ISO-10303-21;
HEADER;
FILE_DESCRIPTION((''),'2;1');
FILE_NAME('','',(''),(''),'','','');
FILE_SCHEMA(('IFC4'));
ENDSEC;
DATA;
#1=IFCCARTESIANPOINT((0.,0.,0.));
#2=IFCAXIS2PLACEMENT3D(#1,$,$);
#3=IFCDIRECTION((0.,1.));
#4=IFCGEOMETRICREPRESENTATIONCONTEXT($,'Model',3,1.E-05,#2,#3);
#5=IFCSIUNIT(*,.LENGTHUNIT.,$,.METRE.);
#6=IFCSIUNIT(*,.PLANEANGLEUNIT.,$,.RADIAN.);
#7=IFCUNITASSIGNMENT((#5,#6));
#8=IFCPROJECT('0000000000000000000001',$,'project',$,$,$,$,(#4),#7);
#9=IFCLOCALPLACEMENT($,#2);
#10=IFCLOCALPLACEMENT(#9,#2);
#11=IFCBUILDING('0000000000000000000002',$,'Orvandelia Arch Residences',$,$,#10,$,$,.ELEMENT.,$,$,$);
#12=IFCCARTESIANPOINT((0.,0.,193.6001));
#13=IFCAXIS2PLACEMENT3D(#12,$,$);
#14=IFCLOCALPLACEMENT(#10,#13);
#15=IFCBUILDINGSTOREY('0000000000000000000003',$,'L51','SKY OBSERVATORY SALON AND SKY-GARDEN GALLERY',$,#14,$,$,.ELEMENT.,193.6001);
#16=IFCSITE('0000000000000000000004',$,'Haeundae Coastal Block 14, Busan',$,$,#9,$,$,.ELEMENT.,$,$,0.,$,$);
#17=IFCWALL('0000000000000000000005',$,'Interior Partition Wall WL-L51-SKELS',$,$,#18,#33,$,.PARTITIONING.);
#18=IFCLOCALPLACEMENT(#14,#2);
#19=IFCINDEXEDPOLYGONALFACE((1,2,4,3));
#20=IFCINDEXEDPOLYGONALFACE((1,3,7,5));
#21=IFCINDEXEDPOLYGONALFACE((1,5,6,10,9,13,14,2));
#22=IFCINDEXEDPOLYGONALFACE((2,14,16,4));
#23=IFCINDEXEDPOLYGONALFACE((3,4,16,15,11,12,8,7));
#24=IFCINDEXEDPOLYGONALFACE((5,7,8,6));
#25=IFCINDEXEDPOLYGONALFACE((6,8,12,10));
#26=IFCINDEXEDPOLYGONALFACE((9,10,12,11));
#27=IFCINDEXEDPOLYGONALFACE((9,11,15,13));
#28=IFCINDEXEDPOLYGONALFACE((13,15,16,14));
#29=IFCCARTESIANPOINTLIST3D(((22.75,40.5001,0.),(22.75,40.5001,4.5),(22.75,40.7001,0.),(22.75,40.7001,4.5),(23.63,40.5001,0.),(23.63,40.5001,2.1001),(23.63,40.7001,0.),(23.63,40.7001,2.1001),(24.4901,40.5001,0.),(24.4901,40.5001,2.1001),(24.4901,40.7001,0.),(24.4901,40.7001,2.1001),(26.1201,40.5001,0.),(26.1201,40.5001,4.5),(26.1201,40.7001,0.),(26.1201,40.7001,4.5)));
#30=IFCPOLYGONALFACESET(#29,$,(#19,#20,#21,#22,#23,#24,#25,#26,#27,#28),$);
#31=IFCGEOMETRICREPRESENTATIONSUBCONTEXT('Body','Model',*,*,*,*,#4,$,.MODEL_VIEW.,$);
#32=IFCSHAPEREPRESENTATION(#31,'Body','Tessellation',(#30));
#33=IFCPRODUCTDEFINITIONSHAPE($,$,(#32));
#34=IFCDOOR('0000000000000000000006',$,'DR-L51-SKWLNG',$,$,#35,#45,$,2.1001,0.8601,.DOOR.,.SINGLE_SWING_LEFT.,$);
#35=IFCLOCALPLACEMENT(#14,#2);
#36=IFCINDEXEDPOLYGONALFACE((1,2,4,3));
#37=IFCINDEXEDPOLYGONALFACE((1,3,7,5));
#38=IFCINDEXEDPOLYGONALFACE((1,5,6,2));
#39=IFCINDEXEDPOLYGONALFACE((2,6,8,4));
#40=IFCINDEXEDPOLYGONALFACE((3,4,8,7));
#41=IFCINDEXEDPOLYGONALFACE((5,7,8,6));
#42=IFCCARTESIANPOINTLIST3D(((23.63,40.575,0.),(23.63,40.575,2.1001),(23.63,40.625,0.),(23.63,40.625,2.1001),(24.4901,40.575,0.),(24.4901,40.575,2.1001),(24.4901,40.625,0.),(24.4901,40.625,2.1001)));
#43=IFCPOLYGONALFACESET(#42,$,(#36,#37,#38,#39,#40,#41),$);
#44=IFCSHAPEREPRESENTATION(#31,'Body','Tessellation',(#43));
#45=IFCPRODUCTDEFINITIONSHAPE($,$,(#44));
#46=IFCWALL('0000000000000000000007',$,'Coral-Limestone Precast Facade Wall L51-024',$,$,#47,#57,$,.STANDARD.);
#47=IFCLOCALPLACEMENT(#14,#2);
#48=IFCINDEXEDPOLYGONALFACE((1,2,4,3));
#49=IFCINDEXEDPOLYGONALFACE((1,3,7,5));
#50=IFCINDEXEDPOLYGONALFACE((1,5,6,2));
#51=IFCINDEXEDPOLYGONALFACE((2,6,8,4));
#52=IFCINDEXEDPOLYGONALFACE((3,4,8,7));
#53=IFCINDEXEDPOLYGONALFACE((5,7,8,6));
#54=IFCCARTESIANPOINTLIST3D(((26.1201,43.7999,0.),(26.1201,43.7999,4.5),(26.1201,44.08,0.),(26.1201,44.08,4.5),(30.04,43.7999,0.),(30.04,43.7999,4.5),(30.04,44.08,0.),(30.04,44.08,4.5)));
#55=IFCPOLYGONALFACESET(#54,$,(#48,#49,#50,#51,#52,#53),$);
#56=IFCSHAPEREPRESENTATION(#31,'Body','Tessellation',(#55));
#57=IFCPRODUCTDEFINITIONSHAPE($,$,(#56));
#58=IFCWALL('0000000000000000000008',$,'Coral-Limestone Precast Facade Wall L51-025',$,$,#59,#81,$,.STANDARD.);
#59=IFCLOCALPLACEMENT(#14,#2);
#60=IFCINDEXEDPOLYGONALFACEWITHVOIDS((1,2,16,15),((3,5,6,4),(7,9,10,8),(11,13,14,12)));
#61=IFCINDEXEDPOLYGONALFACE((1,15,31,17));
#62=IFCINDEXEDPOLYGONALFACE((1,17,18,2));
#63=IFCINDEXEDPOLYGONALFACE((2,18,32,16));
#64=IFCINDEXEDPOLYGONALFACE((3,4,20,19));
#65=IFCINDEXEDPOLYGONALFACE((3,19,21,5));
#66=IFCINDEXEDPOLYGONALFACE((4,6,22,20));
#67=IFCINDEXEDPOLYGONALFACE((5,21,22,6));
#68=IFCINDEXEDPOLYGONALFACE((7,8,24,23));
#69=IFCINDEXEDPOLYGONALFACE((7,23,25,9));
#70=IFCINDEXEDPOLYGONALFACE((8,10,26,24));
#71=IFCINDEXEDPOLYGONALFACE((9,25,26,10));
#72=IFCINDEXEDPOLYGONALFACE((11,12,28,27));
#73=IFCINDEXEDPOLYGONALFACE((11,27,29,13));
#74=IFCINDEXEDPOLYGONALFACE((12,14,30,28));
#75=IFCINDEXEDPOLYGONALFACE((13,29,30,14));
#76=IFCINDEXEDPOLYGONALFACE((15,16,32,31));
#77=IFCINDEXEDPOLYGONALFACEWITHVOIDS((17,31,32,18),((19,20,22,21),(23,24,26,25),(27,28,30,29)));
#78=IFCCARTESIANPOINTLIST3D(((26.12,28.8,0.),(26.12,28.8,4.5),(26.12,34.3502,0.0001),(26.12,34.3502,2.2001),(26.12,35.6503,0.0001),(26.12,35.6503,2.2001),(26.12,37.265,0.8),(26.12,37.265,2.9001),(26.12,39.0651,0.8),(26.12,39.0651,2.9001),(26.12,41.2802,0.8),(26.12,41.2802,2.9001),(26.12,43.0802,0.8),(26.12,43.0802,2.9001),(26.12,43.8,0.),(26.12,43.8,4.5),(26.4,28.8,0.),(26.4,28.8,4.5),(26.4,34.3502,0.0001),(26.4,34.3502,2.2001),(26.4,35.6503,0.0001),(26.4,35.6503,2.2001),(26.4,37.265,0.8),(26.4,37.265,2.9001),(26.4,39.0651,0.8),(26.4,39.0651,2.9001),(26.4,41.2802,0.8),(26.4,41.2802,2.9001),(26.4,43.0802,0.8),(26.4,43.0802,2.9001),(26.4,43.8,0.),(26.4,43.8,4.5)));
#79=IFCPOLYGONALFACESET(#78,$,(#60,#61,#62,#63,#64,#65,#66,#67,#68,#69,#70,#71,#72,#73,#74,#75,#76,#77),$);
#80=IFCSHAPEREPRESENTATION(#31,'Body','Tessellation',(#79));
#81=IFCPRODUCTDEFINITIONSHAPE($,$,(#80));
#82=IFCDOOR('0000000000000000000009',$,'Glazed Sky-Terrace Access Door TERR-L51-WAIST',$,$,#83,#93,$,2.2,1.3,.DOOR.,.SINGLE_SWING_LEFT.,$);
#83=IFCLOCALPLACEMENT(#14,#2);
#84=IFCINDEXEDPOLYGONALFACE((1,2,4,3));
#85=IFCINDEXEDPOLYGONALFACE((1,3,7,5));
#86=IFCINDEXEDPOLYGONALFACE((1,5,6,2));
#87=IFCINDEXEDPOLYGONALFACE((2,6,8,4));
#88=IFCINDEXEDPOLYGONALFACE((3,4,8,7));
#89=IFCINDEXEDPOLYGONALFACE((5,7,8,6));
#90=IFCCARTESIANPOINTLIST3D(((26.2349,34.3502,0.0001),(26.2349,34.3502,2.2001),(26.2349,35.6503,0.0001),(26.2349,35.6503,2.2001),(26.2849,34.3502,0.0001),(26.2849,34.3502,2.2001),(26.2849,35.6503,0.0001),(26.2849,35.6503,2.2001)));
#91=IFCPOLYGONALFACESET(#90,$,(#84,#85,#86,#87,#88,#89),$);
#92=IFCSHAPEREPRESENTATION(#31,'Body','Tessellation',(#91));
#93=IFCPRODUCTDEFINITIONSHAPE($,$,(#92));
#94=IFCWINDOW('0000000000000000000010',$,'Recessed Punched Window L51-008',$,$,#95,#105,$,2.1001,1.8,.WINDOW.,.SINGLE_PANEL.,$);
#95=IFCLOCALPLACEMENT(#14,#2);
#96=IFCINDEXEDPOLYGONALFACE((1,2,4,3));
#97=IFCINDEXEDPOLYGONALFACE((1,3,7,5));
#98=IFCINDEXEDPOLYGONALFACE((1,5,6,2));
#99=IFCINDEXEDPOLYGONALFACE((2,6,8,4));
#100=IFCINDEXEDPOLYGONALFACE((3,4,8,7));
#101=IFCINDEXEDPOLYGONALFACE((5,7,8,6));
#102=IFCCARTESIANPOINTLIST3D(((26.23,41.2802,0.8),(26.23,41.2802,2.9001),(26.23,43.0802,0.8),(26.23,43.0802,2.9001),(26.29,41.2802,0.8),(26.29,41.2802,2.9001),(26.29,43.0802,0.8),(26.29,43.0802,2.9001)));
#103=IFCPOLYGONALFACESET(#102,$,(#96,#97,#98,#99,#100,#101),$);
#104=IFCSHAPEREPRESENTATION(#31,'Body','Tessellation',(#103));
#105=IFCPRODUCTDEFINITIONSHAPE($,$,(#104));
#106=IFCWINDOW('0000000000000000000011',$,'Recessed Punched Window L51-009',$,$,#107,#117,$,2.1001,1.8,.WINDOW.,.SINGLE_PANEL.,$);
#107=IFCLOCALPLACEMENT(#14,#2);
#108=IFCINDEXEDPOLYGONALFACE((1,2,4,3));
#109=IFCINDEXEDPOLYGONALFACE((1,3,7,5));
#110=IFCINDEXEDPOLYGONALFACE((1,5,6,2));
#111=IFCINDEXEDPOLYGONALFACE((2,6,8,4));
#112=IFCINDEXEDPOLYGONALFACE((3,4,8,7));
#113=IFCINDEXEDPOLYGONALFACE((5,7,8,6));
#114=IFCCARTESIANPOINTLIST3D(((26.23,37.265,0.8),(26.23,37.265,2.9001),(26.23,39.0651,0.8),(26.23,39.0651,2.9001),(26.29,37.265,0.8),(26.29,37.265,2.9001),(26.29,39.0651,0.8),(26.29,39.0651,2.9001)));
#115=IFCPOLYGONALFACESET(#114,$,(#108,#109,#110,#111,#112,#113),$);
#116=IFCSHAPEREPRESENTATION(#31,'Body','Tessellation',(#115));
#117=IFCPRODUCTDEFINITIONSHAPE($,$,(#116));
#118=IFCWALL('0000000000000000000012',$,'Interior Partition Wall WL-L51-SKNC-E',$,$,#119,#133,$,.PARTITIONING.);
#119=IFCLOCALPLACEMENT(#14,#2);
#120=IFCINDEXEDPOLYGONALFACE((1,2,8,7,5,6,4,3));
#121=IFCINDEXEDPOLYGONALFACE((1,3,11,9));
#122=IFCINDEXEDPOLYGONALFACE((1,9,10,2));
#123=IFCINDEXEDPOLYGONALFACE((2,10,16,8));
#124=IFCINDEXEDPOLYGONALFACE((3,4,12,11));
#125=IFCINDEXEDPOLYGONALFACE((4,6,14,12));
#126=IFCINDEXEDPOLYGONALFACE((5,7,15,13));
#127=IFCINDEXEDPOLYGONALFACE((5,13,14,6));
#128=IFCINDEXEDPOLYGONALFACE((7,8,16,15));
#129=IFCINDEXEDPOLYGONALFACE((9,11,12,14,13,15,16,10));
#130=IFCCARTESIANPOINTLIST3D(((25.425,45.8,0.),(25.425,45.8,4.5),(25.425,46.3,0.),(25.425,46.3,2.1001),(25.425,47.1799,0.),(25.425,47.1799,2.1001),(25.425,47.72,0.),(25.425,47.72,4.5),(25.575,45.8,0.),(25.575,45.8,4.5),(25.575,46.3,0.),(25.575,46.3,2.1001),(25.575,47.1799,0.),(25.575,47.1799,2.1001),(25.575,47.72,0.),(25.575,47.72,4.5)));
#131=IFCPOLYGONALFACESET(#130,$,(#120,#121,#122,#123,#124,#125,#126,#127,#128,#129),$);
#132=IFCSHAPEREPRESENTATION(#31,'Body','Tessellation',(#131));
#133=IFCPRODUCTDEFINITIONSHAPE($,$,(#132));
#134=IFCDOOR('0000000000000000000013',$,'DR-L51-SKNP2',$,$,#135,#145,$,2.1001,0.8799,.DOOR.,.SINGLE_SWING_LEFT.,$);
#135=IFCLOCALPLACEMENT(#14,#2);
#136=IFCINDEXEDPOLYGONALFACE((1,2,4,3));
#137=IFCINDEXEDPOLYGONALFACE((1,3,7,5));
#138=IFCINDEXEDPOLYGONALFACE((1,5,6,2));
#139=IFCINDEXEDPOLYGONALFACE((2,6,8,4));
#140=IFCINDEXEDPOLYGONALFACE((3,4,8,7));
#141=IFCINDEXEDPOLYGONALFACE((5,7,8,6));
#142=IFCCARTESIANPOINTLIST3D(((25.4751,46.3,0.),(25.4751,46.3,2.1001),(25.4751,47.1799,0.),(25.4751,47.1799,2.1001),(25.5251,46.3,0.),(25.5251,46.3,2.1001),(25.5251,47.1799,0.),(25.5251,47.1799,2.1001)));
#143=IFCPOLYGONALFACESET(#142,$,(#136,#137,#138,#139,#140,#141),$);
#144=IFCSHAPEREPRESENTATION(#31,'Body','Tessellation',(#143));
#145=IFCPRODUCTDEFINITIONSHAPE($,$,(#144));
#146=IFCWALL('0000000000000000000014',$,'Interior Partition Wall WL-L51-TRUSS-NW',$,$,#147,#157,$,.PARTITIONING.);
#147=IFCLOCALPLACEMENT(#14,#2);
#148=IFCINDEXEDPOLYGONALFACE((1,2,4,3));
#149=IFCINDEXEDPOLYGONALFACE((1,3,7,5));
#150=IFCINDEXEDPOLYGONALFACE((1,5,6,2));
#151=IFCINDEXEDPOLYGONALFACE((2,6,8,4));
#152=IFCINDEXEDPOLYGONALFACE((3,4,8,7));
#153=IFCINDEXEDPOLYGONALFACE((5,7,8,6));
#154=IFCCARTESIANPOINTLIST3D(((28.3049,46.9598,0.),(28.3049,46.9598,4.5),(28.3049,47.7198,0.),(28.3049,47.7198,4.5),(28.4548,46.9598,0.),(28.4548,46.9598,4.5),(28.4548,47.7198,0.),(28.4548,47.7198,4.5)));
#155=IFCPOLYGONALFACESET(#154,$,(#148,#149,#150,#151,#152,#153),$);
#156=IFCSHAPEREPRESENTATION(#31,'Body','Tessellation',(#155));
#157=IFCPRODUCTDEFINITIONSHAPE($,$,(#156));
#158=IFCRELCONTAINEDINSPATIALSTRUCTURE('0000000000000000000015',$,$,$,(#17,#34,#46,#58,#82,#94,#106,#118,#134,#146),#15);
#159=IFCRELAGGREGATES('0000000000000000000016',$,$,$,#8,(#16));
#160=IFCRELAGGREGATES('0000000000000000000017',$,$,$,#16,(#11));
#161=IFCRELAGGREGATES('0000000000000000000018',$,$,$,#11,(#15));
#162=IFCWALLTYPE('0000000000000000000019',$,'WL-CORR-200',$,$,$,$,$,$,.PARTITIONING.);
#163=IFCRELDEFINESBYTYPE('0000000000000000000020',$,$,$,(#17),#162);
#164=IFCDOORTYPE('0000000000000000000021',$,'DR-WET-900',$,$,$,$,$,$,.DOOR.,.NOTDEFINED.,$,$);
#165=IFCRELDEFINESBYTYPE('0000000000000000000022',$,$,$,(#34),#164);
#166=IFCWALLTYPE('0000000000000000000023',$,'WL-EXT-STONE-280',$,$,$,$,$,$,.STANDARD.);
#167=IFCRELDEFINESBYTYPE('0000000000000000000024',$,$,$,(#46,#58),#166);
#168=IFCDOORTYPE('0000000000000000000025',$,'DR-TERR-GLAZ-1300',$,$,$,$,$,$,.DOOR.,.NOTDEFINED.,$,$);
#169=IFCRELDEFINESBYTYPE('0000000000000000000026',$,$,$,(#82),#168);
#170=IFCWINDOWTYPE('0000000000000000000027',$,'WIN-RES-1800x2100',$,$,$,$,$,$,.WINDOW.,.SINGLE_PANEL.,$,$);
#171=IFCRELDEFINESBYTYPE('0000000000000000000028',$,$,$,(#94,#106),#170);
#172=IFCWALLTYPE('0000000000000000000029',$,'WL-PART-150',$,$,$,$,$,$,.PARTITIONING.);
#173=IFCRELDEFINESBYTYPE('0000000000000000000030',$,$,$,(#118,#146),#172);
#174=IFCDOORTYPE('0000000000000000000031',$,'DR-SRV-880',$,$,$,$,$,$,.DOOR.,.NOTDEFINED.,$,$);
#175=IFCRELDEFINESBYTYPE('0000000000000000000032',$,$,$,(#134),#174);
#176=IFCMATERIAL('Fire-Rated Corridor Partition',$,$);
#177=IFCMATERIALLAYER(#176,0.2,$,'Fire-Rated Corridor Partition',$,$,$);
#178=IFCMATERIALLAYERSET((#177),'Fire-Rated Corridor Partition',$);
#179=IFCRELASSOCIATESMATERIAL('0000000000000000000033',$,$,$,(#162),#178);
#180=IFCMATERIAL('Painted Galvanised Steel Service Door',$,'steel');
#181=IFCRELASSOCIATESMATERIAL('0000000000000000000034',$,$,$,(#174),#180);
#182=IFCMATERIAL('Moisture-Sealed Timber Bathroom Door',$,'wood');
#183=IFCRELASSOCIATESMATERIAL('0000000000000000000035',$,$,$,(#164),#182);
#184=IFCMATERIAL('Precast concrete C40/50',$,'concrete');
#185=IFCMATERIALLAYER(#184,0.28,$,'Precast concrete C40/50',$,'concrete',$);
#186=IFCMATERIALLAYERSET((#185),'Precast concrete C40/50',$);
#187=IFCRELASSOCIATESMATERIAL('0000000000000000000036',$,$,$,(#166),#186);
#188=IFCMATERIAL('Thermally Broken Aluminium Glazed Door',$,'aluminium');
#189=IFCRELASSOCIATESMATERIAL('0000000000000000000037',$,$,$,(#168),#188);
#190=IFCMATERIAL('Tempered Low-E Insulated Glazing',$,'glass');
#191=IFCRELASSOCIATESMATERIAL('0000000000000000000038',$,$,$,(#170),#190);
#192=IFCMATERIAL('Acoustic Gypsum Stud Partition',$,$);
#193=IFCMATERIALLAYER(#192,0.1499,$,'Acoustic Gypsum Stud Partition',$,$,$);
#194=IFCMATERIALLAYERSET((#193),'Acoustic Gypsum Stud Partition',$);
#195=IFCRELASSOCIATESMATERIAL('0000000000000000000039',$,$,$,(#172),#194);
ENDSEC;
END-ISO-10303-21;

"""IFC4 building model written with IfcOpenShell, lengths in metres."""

from ifc_helpers import new_model, si_unit, direction, frame, frame_2d, origin, place, context, subcontext, project, spatial, rectangle, extrude, material, layer, layer_set, type_object, element, fill, save


model = new_model("IFC4")

# Units and contexts
model_context = context("Model", 3, precision=1e-05, world=origin(), true_north=direction((0.0, 1.0)))
body_context = subcontext(model_context, "Body", "Model", "MODEL_VIEW")
ifc_project = project(units=[si_unit("LENGTHUNIT", "METRE"), si_unit("PLANEANGLEUNIT", "RADIAN")], contexts=[model_context])

# Site, building, storey
site_placement = place(None, origin())
site = spatial("IfcSite", under=ifc_project, at=site_placement, Name="Haeundae Coastal Block 14, Busan", CompositionType="ELEMENT", RefElevation=0.0)
building_placement = place(site_placement, origin())
building = spatial("IfcBuilding", under=site, at=building_placement, Name="Orvandelia Arch Residences", CompositionType="ELEMENT")
storey_placement = place(building_placement, frame((0.0, 0.0, 193.6001)))
storey = spatial("IfcBuildingStorey", under=building, at=storey_placement, Name="L51", Description="SKY OBSERVATORY SALON AND SKY-GARDEN GALLERY", CompositionType="ELEMENT", Elevation=193.6001)

# Shared definitions
ifc_material_1 = material(Name="Fire-Rated Corridor Partition")
ifc_layer_1 = layer(ifc_material_1, 0.2, Name="Fire-Rated Corridor Partition")
ifc_layer_set_1 = layer_set([ifc_layer_1], Name="Fire-Rated Corridor Partition")
wall_type_1 = type_object("IfcWallType", Name="WL-CORR-200", PredefinedType="PARTITIONING", material=ifc_layer_set_1)

# Wall, opening, door
ifc_material_2 = material(Name="Painted Galvanised Steel Service Door", Category="steel")
door_type_1 = type_object("IfcDoorType", Name="DR-SRV-880", OperationType="NOTDEFINED", PredefinedType="DOOR", material=ifc_material_2)
wall_1_placement = place(storey_placement, frame((22.75, 40.6001, 0.0), z_axis=(0.0, 0.0, 1.0), x_axis=(1.0, 0.0, 0.0)))
wall_1 = element("IfcWall", 1, at=wall_1_placement, inside=storey, type_object=wall_type_1, Name="Interior Partition Wall WL-L51-SKELS", PredefinedType="PARTITIONING", context=body_context, shape_type="SweptSolid", body=[
    extrude(rectangle(XDim=3.3701, YDim=0.2, at=frame_2d((1.6851, 0.0))), origin(), (0.0, 0.0, 1.0), 4.5),
])
opening_1_placement = place(wall_1_placement, frame((0.8799, 0.0, 0.0)))
opening_1 = element("IfcOpeningElement", 2, at=opening_1_placement, cuts=wall_1, PredefinedType="OPENING", context=body_context, shape_type="SweptSolid", body=[
    extrude(rectangle(XDim=0.8601, YDim=2.1001, at=frame_2d((0.4302, 1.05))), frame((0.0, 0.1099, 0.0), z_axis=(0.0, -1.0, 0.0), x_axis=(1.0, 0.0, 0.0)), (0.0, 0.0, 1.0), 0.22),
])
ifc_material_3 = material(Name="Moisture-Sealed Timber Bathroom Door", Category="wood")
door_type_2 = type_object("IfcDoorType", Name="DR-WET-900", OperationType="NOTDEFINED", PredefinedType="DOOR", material=ifc_material_3)
door_1_placement = place(opening_1_placement, origin())
door_1 = element("IfcDoor", 3, at=door_1_placement, inside=storey, type_object=door_type_2, Name="DR-L51-SKWLNG", OperationType="SINGLE_SWING_LEFT", OverallHeight=2.1001, OverallWidth=0.8601, PredefinedType="DOOR", context=body_context, shape_type="SweptSolid", body=[
    extrude(rectangle(XDim=0.8601, YDim=2.1001, at=frame_2d((0.4302, 1.05))), frame((0.0, 0.0249, 0.0), z_axis=(0.0, -1.0, 0.0), x_axis=(1.0, 0.0, 0.0)), (0.0, 0.0, 1.0), 0.05),
])
fill(opening_1, door_1)

# Wall
ifc_material_4 = material(Name="Precast concrete C40/50", Category="concrete")
ifc_layer_2 = layer(ifc_material_4, 0.28, Name="Precast concrete C40/50", Category="concrete")
ifc_layer_set_2 = layer_set([ifc_layer_2], Name="Precast concrete C40/50")
wall_type_2 = type_object("IfcWallType", Name="WL-EXT-STONE-280", PredefinedType="STANDARD", material=ifc_layer_set_2)
wall_2_placement = place(storey_placement, frame((30.04, 43.9399, 0.0), z_axis=(0.0, 0.0, 1.0), x_axis=(-1.0, 0.0, 0.0)))
element("IfcWall", 4, at=wall_2_placement, inside=storey, type_object=wall_type_2, Name="Coral-Limestone Precast Facade Wall L51-024", PredefinedType="STANDARD", context=body_context, shape_type="SweptSolid", body=[
    extrude(rectangle(XDim=3.9199, YDim=0.28, at=frame_2d((1.96, 0.0))), origin(), (0.0, 0.0, 1.0), 4.5),
])

# Wall, openings, door, windows
wall_3_placement = place(storey_placement, frame((26.26, 43.8, 0.0), z_axis=(0.0, 0.0, 1.0), x_axis=(0.0, -1.0, 0.0)))
wall_3 = element("IfcWall", 5, at=wall_3_placement, inside=storey, type_object=wall_type_2, Name="Coral-Limestone Precast Facade Wall L51-025", PredefinedType="STANDARD", context=body_context, shape_type="SweptSolid", body=[
    extrude(rectangle(XDim=15.0, YDim=0.28, at=frame_2d((7.5, 0.0))), origin(), (0.0, 0.0, 1.0), 4.5),
])
opening_2_placement = place(wall_3_placement, frame((8.1499, 0.0, 0.0)))
opening_2 = element("IfcOpeningElement", 6, at=opening_2_placement, cuts=wall_3, PredefinedType="OPENING", context=body_context, shape_type="SweptSolid", body=[
    extrude(rectangle(XDim=1.3, YDim=2.2, at=frame_2d((0.6499, 1.1001))), frame((0.0, 0.1499, 0.0), z_axis=(0.0, -1.0, 0.0), x_axis=(1.0, 0.0, 0.0)), (0.0, 0.0, 1.0), 0.3),
])
opening_3_placement = place(wall_3_placement, frame((0.72, 0.0, 0.8)))
opening_3 = element("IfcOpeningElement", 7, at=opening_3_placement, cuts=wall_3, PredefinedType="OPENING", context=body_context, shape_type="SweptSolid", body=[
    extrude(rectangle(XDim=1.8, YDim=2.1001, at=frame_2d((0.8999, 1.05))), frame((0.0, 0.1499, 0.0), z_axis=(0.0, -1.0, 0.0), x_axis=(1.0, 0.0, 0.0)), (0.0, 0.0, 1.0), 0.3),
])
opening_4_placement = place(wall_3_placement, frame((4.7351, 0.0, 0.8)))
opening_4 = element("IfcOpeningElement", 8, at=opening_4_placement, cuts=wall_3, PredefinedType="OPENING", context=body_context, shape_type="SweptSolid", body=[
    extrude(rectangle(XDim=1.8, YDim=2.1001, at=frame_2d((0.8999, 1.05))), frame((0.0, 0.1499, 0.0), z_axis=(0.0, -1.0, 0.0), x_axis=(1.0, 0.0, 0.0)), (0.0, 0.0, 1.0), 0.3),
])
ifc_material_5 = material(Name="Thermally Broken Aluminium Glazed Door", Category="aluminium")
door_type_3 = type_object("IfcDoorType", Name="DR-TERR-GLAZ-1300", OperationType="NOTDEFINED", PredefinedType="DOOR", material=ifc_material_5)
door_2_placement = place(opening_2_placement, origin())
door_2 = element("IfcDoor", 9, at=door_2_placement, inside=storey, type_object=door_type_3, Name="Glazed Sky-Terrace Access Door TERR-L51-WAIST", OperationType="SINGLE_SWING_LEFT", OverallHeight=2.2, OverallWidth=1.3, PredefinedType="DOOR", context=body_context, shape_type="SweptSolid", body=[
    extrude(rectangle(XDim=1.3, YDim=2.2, at=frame_2d((0.6499, 1.1001))), frame((0.0, 0.0249, 0.0), z_axis=(0.0, -1.0, 0.0), x_axis=(1.0, 0.0, 0.0)), (0.0, 0.0, 1.0), 0.05),
])
fill(opening_2, door_2)
ifc_material_6 = material(Name="Tempered Low-E Insulated Glazing", Category="glass")
window_type = type_object("IfcWindowType", Name="WIN-RES-1800x2100", PartitioningType="SINGLE_PANEL", PredefinedType="WINDOW", material=ifc_material_6)
window_1_placement = place(opening_3_placement, origin())
window_1 = element("IfcWindow", 10, at=window_1_placement, inside=storey, type_object=window_type, Name="Recessed Punched Window L51-008", OverallHeight=2.1001, OverallWidth=1.8, PartitioningType="SINGLE_PANEL", PredefinedType="WINDOW", context=body_context, shape_type="SweptSolid", body=[
    extrude(rectangle(XDim=1.8, YDim=2.1001, at=frame_2d((0.8999, 1.05))), frame((0.0, 0.03, 0.0), z_axis=(0.0, -1.0, 0.0), x_axis=(1.0, 0.0, 0.0)), (0.0, 0.0, 1.0), 0.0601),
])
fill(opening_3, window_1)
window_2_placement = place(opening_4_placement, origin())
window_2 = element("IfcWindow", 11, at=window_2_placement, inside=storey, type_object=window_type, Name="Recessed Punched Window L51-009", OverallHeight=2.1001, OverallWidth=1.8, PartitioningType="SINGLE_PANEL", PredefinedType="WINDOW", context=body_context, shape_type="SweptSolid", body=[
    extrude(rectangle(XDim=1.8, YDim=2.1001, at=frame_2d((0.8999, 1.05))), frame((0.0, 0.03, 0.0), z_axis=(0.0, -1.0, 0.0), x_axis=(1.0, 0.0, 0.0)), (0.0, 0.0, 1.0), 0.0601),
])
fill(opening_4, window_2)

# Wall, opening, door
ifc_material_7 = material(Name="Acoustic Gypsum Stud Partition")
ifc_layer_3 = layer(ifc_material_7, 0.1499, Name="Acoustic Gypsum Stud Partition")
ifc_layer_set_3 = layer_set([ifc_layer_3], Name="Acoustic Gypsum Stud Partition")
wall_type_3 = type_object("IfcWallType", Name="WL-PART-150", PredefinedType="PARTITIONING", material=ifc_layer_set_3)
wall_4_placement = place(storey_placement, frame((25.5, 45.8, 0.0), z_axis=(0.0, 0.0, 1.0), x_axis=(0.0, 1.0, 0.0)))
wall_4 = element("IfcWall", 12, at=wall_4_placement, inside=storey, type_object=wall_type_3, Name="Interior Partition Wall WL-L51-SKNC-E", PredefinedType="PARTITIONING", context=body_context, shape_type="SweptSolid", body=[
    extrude(rectangle(XDim=1.9199, YDim=0.1499, at=frame_2d((0.96, 0.0))), origin(), (0.0, 0.0, 1.0), 4.5),
])
opening_5_placement = place(wall_4_placement, frame((0.5, 0.0, 0.0)))
opening_5 = element("IfcOpeningElement", 13, at=opening_5_placement, cuts=wall_4, PredefinedType="OPENING", context=body_context, shape_type="SweptSolid", body=[
    extrude(rectangle(XDim=0.8799, YDim=2.1001, at=frame_2d((0.4399, 1.05))), frame((0.0, 0.085, 0.0), z_axis=(0.0, -1.0, 0.0), x_axis=(1.0, 0.0, 0.0)), (0.0, 0.0, 1.0), 0.1699),
])
door_3_placement = place(opening_5_placement, origin())
door_3 = element("IfcDoor", 14, at=door_3_placement, inside=storey, type_object=door_type_1, Name="DR-L51-SKNP2", OperationType="SINGLE_SWING_LEFT", OverallHeight=2.1001, OverallWidth=0.8799, PredefinedType="DOOR", context=body_context, shape_type="SweptSolid", body=[
    extrude(rectangle(XDim=0.8799, YDim=2.1001, at=frame_2d((0.4399, 1.05))), frame((0.0, 0.0249, 0.0), z_axis=(0.0, -1.0, 0.0), x_axis=(1.0, 0.0, 0.0)), (0.0, 0.0, 1.0), 0.05),
])
fill(opening_5, door_3)

# Wall
wall_5_placement = place(storey_placement, frame((28.3799, 46.96, 0.0), z_axis=(0.0, 0.0, 1.0), x_axis=(0.0, 1.0, 0.0)))
element("IfcWall", 15, at=wall_5_placement, inside=storey, type_object=wall_type_3, Name="Interior Partition Wall WL-L51-TRUSS-NW", PredefinedType="PARTITIONING", context=body_context, shape_type="SweptSolid", body=[
    extrude(rectangle(XDim=0.76, YDim=0.1499, at=frame_2d((0.3799, 0.0))), origin(), (0.0, 0.0, 1.0), 4.5),
])

save(model, "model.ifc")
